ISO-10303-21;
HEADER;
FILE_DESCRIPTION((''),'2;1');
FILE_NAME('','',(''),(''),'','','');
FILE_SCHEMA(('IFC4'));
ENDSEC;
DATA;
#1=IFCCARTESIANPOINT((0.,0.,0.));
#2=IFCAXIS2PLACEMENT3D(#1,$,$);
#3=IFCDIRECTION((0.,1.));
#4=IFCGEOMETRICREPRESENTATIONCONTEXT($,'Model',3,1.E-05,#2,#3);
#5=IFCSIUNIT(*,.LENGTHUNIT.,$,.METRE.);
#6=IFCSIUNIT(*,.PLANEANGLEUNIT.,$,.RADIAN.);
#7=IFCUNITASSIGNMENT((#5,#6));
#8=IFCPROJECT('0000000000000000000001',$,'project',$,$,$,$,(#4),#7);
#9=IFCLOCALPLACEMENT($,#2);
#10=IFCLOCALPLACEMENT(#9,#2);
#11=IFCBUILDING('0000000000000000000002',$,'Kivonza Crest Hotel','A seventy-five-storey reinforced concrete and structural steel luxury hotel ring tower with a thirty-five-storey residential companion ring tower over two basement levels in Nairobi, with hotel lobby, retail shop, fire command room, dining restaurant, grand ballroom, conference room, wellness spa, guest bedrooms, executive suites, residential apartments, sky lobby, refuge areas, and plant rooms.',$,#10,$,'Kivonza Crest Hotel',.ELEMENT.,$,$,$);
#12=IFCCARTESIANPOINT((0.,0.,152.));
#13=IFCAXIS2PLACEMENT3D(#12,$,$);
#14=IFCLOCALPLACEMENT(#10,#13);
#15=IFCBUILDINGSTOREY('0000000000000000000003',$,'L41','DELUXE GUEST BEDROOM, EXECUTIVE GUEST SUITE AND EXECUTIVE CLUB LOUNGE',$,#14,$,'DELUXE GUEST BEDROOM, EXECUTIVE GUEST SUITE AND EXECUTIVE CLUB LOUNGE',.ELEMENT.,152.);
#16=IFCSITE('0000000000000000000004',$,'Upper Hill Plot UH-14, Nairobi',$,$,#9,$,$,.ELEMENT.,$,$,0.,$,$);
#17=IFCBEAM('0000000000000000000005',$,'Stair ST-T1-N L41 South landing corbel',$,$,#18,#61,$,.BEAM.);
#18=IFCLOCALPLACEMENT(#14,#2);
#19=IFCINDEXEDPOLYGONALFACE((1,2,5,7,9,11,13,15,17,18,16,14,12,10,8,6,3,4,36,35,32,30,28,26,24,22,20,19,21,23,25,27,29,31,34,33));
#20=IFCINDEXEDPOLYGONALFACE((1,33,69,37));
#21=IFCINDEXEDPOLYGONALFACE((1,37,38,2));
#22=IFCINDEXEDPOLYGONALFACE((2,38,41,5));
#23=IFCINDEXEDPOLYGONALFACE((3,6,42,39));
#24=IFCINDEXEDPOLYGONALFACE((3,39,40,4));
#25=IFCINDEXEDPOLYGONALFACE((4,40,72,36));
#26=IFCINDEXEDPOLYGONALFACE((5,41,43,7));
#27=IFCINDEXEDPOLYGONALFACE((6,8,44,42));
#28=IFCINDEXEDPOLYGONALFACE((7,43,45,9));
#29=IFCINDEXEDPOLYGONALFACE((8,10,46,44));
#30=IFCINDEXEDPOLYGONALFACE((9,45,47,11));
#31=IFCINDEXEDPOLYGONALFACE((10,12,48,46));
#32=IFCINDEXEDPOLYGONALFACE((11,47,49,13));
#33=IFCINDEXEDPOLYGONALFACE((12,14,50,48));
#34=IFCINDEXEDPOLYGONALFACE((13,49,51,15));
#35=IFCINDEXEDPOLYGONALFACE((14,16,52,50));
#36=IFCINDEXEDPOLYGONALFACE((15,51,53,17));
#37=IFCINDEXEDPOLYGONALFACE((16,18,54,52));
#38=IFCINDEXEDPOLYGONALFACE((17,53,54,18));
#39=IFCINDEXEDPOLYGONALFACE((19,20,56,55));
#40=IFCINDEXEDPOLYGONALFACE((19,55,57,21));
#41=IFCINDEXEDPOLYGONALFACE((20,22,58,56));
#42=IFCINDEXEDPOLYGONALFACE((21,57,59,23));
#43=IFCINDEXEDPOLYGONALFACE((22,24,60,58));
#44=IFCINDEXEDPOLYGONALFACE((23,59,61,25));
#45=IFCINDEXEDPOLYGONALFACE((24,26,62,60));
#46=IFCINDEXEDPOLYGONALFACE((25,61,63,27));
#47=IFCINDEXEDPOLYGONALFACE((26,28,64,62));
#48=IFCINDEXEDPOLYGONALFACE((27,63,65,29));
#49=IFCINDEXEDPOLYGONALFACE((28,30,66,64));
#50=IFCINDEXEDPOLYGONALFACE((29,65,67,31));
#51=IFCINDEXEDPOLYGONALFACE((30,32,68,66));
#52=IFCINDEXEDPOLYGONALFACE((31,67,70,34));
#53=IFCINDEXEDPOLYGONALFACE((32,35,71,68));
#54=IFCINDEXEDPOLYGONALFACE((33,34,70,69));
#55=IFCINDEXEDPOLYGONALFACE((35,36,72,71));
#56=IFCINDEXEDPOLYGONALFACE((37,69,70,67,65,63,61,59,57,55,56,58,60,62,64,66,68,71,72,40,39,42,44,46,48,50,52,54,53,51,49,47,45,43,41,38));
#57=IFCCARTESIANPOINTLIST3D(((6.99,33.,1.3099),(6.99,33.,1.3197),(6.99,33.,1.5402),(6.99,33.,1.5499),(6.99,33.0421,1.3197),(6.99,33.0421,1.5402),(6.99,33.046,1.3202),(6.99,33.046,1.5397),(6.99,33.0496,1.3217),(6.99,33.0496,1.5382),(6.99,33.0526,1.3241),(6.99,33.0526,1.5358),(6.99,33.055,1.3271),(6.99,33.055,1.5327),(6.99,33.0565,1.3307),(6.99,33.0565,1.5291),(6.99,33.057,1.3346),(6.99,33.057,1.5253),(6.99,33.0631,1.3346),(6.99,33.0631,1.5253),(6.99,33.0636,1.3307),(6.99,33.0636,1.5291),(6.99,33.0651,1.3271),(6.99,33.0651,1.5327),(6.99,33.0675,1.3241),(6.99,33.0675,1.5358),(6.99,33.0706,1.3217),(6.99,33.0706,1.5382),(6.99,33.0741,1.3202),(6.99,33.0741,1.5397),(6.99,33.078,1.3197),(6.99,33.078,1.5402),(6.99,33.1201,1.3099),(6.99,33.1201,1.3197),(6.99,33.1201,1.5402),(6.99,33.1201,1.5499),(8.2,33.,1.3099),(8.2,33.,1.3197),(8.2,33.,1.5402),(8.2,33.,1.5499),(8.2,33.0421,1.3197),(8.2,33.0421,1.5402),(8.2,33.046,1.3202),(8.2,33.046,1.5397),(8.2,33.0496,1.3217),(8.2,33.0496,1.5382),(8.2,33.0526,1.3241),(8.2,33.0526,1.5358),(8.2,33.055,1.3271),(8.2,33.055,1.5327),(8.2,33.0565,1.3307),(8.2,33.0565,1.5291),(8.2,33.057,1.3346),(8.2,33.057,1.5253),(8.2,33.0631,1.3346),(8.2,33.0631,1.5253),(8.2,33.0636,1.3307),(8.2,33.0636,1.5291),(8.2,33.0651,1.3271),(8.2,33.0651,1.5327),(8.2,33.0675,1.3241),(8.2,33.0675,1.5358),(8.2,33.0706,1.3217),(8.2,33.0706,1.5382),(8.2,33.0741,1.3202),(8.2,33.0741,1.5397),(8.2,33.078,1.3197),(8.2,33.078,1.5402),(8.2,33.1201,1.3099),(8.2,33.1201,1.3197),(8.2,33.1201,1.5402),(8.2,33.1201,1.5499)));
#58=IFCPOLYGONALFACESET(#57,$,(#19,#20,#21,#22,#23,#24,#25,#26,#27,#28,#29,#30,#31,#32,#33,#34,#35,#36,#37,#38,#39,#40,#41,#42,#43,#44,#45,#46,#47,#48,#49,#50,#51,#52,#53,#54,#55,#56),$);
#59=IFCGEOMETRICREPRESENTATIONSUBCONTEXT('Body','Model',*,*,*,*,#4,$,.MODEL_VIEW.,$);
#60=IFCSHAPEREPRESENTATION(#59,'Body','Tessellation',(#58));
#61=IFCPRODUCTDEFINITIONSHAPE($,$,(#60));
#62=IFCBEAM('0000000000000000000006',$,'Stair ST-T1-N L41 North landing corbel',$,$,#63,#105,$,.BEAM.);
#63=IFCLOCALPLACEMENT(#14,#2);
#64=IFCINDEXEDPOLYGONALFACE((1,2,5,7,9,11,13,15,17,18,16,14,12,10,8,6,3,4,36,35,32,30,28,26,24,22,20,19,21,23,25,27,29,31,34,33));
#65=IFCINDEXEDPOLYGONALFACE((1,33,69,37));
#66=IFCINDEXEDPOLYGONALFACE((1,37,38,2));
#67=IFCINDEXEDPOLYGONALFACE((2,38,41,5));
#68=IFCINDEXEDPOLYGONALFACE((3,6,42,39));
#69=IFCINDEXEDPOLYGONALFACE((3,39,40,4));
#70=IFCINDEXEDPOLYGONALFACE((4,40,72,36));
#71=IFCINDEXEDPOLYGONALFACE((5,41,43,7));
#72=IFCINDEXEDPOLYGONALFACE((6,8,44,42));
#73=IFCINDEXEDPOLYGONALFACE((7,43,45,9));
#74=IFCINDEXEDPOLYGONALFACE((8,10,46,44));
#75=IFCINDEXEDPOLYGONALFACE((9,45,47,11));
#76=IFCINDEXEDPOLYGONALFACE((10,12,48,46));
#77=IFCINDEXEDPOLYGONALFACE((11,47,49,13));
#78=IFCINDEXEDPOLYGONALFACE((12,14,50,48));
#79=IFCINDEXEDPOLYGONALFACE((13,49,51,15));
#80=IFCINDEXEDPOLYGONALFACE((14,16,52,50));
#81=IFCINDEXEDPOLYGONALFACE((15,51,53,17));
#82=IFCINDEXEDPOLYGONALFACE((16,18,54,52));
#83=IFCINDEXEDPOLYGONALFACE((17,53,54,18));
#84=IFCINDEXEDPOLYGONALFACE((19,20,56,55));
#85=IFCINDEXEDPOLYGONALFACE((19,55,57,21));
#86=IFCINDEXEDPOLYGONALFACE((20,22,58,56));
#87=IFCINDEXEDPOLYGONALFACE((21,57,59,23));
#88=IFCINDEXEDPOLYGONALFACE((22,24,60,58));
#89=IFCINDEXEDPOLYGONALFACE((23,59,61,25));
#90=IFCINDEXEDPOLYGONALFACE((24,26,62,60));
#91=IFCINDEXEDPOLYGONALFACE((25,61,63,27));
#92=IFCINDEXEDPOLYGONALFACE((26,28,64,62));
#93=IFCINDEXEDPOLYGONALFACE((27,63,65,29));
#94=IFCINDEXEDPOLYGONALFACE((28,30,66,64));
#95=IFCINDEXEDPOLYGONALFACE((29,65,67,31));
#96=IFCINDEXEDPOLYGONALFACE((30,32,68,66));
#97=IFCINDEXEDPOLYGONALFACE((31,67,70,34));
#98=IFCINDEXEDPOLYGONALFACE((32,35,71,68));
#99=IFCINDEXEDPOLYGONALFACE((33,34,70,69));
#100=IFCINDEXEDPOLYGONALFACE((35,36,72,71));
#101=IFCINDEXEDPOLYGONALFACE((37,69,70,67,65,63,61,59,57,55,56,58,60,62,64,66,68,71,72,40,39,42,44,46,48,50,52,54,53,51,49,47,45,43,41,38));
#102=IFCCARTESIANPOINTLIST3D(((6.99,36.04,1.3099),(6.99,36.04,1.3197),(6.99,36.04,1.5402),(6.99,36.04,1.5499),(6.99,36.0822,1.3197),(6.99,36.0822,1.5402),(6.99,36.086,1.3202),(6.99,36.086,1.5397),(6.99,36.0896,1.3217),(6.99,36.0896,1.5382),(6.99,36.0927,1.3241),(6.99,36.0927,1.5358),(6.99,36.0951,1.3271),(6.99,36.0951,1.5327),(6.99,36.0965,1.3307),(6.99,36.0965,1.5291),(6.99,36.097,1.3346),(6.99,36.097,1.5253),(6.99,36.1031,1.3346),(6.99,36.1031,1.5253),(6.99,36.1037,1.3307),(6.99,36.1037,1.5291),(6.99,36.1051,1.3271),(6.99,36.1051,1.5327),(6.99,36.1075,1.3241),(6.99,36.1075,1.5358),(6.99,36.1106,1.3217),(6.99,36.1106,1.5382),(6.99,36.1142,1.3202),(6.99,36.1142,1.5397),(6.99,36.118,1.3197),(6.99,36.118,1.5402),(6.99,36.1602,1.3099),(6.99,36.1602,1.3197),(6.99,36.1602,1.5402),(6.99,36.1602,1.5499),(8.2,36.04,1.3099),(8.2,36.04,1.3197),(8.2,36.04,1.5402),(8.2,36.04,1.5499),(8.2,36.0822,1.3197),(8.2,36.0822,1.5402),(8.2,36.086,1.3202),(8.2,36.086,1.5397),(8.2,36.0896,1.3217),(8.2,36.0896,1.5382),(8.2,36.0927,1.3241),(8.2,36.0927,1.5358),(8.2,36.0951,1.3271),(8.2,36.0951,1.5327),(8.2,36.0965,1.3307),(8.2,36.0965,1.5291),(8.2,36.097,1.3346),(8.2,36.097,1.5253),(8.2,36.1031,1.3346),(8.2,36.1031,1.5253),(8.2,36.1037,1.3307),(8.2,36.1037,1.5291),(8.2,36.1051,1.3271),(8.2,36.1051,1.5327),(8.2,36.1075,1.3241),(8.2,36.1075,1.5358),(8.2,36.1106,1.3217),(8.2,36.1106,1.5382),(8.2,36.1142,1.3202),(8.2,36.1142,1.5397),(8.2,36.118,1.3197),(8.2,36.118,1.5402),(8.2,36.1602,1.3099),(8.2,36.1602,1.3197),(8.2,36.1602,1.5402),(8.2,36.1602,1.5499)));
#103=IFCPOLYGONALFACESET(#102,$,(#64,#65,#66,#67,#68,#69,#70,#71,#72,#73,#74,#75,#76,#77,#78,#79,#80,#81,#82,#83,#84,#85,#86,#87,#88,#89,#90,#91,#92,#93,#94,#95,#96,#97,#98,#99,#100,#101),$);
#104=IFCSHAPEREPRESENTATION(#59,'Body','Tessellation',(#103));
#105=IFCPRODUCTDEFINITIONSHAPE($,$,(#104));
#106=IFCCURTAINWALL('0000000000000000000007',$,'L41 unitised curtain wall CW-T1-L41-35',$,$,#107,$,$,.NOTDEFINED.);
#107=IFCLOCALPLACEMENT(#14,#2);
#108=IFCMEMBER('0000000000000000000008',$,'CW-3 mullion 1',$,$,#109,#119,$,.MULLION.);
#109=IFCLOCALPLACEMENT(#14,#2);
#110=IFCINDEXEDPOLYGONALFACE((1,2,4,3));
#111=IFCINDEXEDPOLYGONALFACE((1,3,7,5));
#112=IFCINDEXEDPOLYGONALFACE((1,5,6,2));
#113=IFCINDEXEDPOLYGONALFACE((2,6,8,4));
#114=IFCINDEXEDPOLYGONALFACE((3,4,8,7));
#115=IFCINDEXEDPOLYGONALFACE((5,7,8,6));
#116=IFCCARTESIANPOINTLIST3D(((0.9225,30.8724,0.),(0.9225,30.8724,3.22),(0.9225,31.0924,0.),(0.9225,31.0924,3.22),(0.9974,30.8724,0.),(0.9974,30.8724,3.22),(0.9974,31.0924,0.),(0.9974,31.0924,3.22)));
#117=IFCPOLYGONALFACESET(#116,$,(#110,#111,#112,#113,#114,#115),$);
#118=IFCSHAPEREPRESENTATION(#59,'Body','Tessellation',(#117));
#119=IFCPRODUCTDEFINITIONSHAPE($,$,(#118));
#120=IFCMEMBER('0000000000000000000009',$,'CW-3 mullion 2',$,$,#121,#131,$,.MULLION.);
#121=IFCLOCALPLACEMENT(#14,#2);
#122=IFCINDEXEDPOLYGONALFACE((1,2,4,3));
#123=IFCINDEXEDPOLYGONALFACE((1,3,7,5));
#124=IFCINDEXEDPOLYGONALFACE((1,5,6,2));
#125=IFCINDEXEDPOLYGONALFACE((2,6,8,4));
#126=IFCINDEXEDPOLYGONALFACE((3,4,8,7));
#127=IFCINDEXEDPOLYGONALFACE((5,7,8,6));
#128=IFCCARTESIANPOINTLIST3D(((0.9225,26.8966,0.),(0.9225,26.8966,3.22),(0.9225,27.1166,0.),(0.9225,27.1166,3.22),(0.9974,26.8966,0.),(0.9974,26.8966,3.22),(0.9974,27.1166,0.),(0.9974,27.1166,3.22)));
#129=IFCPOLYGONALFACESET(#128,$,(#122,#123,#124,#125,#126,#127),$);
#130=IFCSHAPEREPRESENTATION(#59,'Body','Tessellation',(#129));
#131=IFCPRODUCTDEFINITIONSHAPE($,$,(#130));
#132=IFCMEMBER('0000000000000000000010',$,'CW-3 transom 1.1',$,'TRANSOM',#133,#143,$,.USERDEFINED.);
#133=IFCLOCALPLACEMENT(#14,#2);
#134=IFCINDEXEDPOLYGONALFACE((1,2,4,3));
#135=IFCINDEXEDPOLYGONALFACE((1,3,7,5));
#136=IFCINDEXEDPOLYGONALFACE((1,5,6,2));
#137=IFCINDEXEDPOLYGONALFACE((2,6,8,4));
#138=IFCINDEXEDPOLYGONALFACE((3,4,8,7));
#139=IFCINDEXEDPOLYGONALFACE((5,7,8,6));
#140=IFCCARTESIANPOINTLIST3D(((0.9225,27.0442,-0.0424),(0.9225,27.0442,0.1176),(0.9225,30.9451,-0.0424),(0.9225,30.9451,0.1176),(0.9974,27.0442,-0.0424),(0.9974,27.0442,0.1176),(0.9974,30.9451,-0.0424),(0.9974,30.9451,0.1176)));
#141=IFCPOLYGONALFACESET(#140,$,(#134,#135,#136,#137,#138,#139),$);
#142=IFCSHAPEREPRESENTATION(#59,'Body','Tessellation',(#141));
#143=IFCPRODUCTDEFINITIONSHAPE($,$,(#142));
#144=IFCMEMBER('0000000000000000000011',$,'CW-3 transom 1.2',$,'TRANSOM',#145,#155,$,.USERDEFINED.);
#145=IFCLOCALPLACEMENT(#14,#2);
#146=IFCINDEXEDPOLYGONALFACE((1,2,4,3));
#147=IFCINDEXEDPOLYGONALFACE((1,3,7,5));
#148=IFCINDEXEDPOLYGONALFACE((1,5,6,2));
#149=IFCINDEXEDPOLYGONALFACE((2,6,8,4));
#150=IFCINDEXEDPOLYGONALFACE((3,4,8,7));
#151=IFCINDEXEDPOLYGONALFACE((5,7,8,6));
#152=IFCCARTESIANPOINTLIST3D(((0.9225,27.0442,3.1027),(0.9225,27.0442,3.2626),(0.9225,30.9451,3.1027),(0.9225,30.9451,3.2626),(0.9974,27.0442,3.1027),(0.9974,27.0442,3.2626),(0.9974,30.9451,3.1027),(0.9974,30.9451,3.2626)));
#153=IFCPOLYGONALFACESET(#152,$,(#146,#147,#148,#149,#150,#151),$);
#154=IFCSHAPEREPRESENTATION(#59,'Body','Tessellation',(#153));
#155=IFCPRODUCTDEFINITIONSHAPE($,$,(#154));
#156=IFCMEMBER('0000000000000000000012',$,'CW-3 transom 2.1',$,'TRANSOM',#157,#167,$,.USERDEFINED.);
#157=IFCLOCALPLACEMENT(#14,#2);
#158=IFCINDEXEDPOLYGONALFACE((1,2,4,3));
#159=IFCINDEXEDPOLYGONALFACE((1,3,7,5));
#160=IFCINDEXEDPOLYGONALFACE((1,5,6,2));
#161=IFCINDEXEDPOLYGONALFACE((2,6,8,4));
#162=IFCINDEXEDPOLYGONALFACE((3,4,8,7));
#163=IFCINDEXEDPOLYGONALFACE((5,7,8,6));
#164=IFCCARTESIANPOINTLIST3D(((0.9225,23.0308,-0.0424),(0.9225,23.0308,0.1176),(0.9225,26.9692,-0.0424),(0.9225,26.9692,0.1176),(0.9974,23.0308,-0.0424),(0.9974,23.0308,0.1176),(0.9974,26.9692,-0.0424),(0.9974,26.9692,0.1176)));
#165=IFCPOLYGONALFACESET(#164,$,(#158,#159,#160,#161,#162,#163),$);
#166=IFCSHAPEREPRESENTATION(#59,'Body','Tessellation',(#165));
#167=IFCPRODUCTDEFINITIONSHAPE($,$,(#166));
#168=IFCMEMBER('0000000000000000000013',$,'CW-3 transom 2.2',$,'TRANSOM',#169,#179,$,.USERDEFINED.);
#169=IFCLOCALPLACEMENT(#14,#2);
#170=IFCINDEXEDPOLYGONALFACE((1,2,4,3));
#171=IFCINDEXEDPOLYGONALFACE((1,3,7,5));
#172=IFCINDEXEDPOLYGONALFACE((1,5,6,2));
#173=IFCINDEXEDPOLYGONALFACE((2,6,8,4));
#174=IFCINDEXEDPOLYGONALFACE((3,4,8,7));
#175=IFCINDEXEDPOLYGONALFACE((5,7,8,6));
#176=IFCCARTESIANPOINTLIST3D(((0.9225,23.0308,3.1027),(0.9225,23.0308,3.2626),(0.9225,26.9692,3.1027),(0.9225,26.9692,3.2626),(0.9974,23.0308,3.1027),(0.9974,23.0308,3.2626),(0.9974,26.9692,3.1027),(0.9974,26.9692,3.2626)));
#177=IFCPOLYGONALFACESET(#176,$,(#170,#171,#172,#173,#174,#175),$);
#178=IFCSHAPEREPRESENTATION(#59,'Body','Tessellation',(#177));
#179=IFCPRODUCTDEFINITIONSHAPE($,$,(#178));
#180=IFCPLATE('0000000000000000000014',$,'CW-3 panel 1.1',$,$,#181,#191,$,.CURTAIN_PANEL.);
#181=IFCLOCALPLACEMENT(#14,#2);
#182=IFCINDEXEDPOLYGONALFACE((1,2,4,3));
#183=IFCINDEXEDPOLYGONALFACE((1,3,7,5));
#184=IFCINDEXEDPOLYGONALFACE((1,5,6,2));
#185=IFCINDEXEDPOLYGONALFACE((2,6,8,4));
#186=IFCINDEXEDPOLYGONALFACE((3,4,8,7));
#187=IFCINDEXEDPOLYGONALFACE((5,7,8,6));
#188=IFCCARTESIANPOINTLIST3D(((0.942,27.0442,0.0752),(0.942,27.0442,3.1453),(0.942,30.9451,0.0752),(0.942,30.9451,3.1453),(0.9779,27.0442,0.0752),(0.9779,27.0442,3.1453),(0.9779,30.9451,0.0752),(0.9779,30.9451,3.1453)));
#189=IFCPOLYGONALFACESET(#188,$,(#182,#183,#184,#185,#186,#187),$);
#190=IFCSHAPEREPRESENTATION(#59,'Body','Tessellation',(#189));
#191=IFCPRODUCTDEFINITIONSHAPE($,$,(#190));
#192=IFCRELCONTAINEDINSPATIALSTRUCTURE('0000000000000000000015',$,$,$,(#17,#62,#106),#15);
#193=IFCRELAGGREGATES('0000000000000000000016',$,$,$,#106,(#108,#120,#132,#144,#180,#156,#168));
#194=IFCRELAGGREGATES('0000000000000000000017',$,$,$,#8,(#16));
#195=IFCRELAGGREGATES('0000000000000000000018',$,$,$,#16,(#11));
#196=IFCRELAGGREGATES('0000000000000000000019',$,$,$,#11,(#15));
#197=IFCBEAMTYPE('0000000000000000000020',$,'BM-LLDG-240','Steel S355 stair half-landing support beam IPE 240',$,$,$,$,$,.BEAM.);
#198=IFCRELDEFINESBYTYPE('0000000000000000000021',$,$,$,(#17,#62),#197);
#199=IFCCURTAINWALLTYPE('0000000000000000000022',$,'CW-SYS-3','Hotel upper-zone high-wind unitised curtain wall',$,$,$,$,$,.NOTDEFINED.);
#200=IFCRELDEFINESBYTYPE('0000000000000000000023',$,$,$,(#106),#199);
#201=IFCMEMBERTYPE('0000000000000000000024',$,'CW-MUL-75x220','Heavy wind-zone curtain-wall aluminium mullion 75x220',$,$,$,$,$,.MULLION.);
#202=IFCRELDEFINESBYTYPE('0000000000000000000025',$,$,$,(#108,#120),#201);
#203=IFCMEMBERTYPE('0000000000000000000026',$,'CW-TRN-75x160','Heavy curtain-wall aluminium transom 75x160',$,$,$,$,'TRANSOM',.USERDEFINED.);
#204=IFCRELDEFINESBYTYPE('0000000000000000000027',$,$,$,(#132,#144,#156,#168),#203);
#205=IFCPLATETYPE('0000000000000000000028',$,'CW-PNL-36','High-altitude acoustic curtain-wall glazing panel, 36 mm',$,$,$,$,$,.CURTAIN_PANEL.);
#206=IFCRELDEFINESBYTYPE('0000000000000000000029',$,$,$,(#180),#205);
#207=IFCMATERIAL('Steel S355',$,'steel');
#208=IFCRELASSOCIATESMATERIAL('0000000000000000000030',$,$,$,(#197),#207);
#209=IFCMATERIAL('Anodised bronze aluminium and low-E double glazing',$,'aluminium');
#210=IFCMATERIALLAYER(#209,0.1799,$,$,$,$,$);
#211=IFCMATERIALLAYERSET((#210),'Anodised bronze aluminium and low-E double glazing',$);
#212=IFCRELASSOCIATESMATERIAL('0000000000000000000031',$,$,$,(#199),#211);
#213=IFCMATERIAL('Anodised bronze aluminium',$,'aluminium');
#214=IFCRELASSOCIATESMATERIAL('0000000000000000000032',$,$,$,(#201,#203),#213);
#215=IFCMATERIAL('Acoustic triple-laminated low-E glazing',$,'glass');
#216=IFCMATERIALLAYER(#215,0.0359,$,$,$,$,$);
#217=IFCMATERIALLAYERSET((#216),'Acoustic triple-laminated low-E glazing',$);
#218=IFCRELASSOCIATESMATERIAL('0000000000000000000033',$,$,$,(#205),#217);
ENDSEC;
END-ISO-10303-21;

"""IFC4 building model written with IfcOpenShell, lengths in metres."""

from ifc_helpers import new_model, si_unit, direction, frame, origin, origin_2d, place, context, subcontext, project, spatial, rectangle, i_section, extrude, material, layer, layer_set, material_profile, profile_set, type_object, element, aggregate, save


model = new_model("IFC4")

# Units and contexts
model_context = context("Model", 3, precision=1e-05, world=origin(), true_north=direction((0.0, 1.0)))
body_context = subcontext(model_context, "Body", "Model", "MODEL_VIEW")
ifc_project = project(units=[si_unit("LENGTHUNIT", "METRE"), si_unit("PLANEANGLEUNIT", "RADIAN")], contexts=[model_context])

# Site, building, storey
site_placement = place(None, origin())
site = spatial("IfcSite", under=ifc_project, at=site_placement, Name="Upper Hill Plot UH-14, Nairobi", CompositionType="ELEMENT", RefElevation=0.0)
building_placement = place(site_placement, origin())
building = spatial("IfcBuilding", under=site, at=building_placement, Name="Kivonza Crest Hotel", Description="A seventy-five-storey reinforced concrete and structural steel luxury hotel ring tower with a thirty-five-storey residential companion ring tower over two basement levels in Nairobi, with hotel lobby, retail shop, fire command room, dining restaurant, grand ballroom, conference room, wellness spa, guest bedrooms, executive suites, residential apartments, sky lobby, refuge areas, and plant rooms.", LongName="Kivonza Crest Hotel", CompositionType="ELEMENT")
storey_placement = place(building_placement, frame((0.0, 0.0, 152.0)))
storey = spatial("IfcBuildingStorey", under=building, at=storey_placement, Name="L41", Description="DELUXE GUEST BEDROOM, EXECUTIVE GUEST SUITE AND EXECUTIVE CLUB LOUNGE", LongName="DELUXE GUEST BEDROOM, EXECUTIVE GUEST SUITE AND EXECUTIVE CLUB LOUNGE", CompositionType="ELEMENT", Elevation=152.0)

# Beams
ifc_material_1 = material(Name="Steel S355", Category="steel")
ifc_material_profile_1 = material_profile(ifc_material_1, i_section(OverallWidth=0.1201, OverallDepth=0.24, WebThickness=0.0061, FlangeThickness=0.0098, FilletRadius=0.0149, at=origin_2d()), Name="IPE 240")
ifc_profile_set_1 = profile_set([ifc_material_profile_1], Name="Steel S355")
beam_type_1 = type_object("IfcBeamType", Name="BM-LLDG-240", Description="Steel S355 stair half-landing support beam IPE 240", PredefinedType="BEAM", material=ifc_profile_set_1)
for number, where, z_axis, x_axis, name in (
    (1, (6.99, 33.0601, 1.4299), (1.0, 0.0, 0.0), (0.0, 1.0, 0.0), "Stair ST-T1-N L41 South landing corbel"),
    (2, (6.99, 36.1001, 1.4299), (1.0, 0.0, 0.0), (0.0, 1.0, 0.0), "Stair ST-T1-N L41 North landing corbel"),
):
    element("IfcBeam", number, at=place(storey_placement, frame(where, z_axis=z_axis, x_axis=x_axis)), inside=storey, type_object=beam_type_1, Name=name, PredefinedType="BEAM", context=body_context, shape_type="SweptSolid", body=[
        extrude(i_section(OverallWidth=0.1201, OverallDepth=0.24, WebThickness=0.0061, FlangeThickness=0.0098, FilletRadius=0.0149, at=origin_2d()), origin(), (0.0, 0.0, 1.0), 1.21),
    ])

# Curtain wall, members, plate
ifc_material_2 = material(Name="Anodised bronze aluminium and low-E double glazing", Category="aluminium")
ifc_layer_1 = layer(ifc_material_2, 0.1799)
ifc_layer_set_1 = layer_set([ifc_layer_1], Name="Anodised bronze aluminium and low-E double glazing")
curtain_wall_type = type_object("IfcCurtainWallType", Name="CW-SYS-3", Description="Hotel upper-zone high-wind unitised curtain wall", PredefinedType="NOTDEFINED", material=ifc_layer_set_1)
curtain_wall_placement = place(storey_placement, origin())
curtain_wall = element("IfcCurtainWall", 3, at=curtain_wall_placement, inside=storey, type_object=curtain_wall_type, Name="L41 unitised curtain wall CW-T1-L41-35", PredefinedType="NOTDEFINED")
ifc_material_3 = material(Name="Anodised bronze aluminium", Category="aluminium")
ifc_material_profile_2 = material_profile(ifc_material_3, rectangle(XDim=0.075, YDim=0.22, at=origin_2d()), Name="CW-M 75x220")
ifc_profile_set_2 = profile_set([ifc_material_profile_2], Name="Anodised bronze aluminium")
member_type_1 = type_object("IfcMemberType", Name="CW-MUL-75x220", Description="Heavy wind-zone curtain-wall aluminium mullion 75x220", PredefinedType="MULLION", material=ifc_profile_set_2)
member_1_placement = place(storey_placement, frame((0.96, 30.9824, 0.0), z_axis=(0.0, 0.0, 1.0), x_axis=(1.0, 0.0, 0.0)))
member_1 = element("IfcMember", 4, at=member_1_placement, type_object=member_type_1, Name="CW-3 mullion 1", PredefinedType="MULLION", context=body_context, shape_type="SweptSolid", body=[
    extrude(rectangle(XDim=0.075, YDim=0.22, at=origin_2d()), origin(), (0.0, 0.0, 1.0), 3.22),
])
member_2_placement = place(storey_placement, frame((0.96, 27.0066, 0.0), z_axis=(0.0, 0.0, 1.0), x_axis=(1.0, 0.0, 0.0)))
member_2 = element("IfcMember", 5, at=member_2_placement, type_object=member_type_1, Name="CW-3 mullion 2", PredefinedType="MULLION", context=body_context, shape_type="SweptSolid", body=[
    extrude(rectangle(XDim=0.075, YDim=0.22, at=origin_2d()), origin(), (0.0, 0.0, 1.0), 3.22),
])
ifc_material_profile_3 = material_profile(ifc_material_3, rectangle(XDim=0.075, YDim=0.1599, at=origin_2d()), Name="CW-T 75x160")
ifc_profile_set_3 = profile_set([ifc_material_profile_3], Name="Anodised bronze aluminium")
member_type_2 = type_object("IfcMemberType", Name="CW-TRN-75x160", Description="Heavy curtain-wall aluminium transom 75x160", ElementType="TRANSOM", PredefinedType="USERDEFINED", material=ifc_profile_set_3)
member_3_placement = place(storey_placement, frame((0.96, 30.9451, 0.0376), z_axis=(0.0, -1.0, 0.0), x_axis=(1.0, 0.0, 0.0)))
member_3 = element("IfcMember", 6, at=member_3_placement, type_object=member_type_2, Name="CW-3 transom 1.1", ObjectType="TRANSOM", PredefinedType="USERDEFINED", context=body_context, shape_type="SweptSolid", body=[
    extrude(rectangle(XDim=0.075, YDim=0.1599, at=origin_2d()), origin(), (0.0, 0.0, 1.0), 3.9009),
])
member_4_placement = place(storey_placement, frame((0.96, 30.9451, 3.1826), z_axis=(0.0, -1.0, 0.0), x_axis=(1.0, 0.0, 0.0)))
member_4 = element("IfcMember", 7, at=member_4_placement, type_object=member_type_2, Name="CW-3 transom 1.2", ObjectType="TRANSOM", PredefinedType="USERDEFINED", context=body_context, shape_type="SweptSolid", body=[
    extrude(rectangle(XDim=0.075, YDim=0.1599, at=origin_2d()), origin(), (0.0, 0.0, 1.0), 3.9009),
])
member_5_placement = place(storey_placement, frame((0.96, 26.9692, 0.0376), z_axis=(0.0, -1.0, 0.0), x_axis=(1.0, 0.0, 0.0)))
member_5 = element("IfcMember", 8, at=member_5_placement, type_object=member_type_2, Name="CW-3 transom 2.1", ObjectType="TRANSOM", PredefinedType="USERDEFINED", context=body_context, shape_type="SweptSolid", body=[
    extrude(rectangle(XDim=0.075, YDim=0.1599, at=origin_2d()), origin(), (0.0, 0.0, 1.0), 3.9385),
])
member_6_placement = place(storey_placement, frame((0.96, 26.9692, 3.1826), z_axis=(0.0, -1.0, 0.0), x_axis=(1.0, 0.0, 0.0)))
member_6 = element("IfcMember", 9, at=member_6_placement, type_object=member_type_2, Name="CW-3 transom 2.2", ObjectType="TRANSOM", PredefinedType="USERDEFINED", context=body_context, shape_type="SweptSolid", body=[
    extrude(rectangle(XDim=0.075, YDim=0.1599, at=origin_2d()), origin(), (0.0, 0.0, 1.0), 3.9385),
])
ifc_material_4 = material(Name="Acoustic triple-laminated low-E glazing", Category="glass")
ifc_layer_2 = layer(ifc_material_4, 0.0359)
ifc_layer_set_2 = layer_set([ifc_layer_2], Name="Acoustic triple-laminated low-E glazing")
plate_type = type_object("IfcPlateType", Name="CW-PNL-36", Description="High-altitude acoustic curtain-wall glazing panel, 36 mm", PredefinedType="CURTAIN_PANEL", material=ifc_layer_set_2)
plate_1_placement = place(storey_placement, frame((0.96, 28.9946, 0.0752), z_axis=(0.0, 0.0, 1.0), x_axis=(0.0, -1.0, 0.0)))
plate_1 = element("IfcPlate", 10, at=plate_1_placement, type_object=plate_type, Name="CW-3 panel 1.1", PredefinedType="CURTAIN_PANEL", context=body_context, shape_type="SweptSolid", body=[
    extrude(rectangle(XDim=3.9009, YDim=0.0359, at=origin_2d()), origin(), (0.0, 0.0, 1.0), 3.0701),
])
aggregate(curtain_wall, [member_1, member_2, member_3, member_4, plate_1, member_5, member_6])

save(model, "model.ifc")
